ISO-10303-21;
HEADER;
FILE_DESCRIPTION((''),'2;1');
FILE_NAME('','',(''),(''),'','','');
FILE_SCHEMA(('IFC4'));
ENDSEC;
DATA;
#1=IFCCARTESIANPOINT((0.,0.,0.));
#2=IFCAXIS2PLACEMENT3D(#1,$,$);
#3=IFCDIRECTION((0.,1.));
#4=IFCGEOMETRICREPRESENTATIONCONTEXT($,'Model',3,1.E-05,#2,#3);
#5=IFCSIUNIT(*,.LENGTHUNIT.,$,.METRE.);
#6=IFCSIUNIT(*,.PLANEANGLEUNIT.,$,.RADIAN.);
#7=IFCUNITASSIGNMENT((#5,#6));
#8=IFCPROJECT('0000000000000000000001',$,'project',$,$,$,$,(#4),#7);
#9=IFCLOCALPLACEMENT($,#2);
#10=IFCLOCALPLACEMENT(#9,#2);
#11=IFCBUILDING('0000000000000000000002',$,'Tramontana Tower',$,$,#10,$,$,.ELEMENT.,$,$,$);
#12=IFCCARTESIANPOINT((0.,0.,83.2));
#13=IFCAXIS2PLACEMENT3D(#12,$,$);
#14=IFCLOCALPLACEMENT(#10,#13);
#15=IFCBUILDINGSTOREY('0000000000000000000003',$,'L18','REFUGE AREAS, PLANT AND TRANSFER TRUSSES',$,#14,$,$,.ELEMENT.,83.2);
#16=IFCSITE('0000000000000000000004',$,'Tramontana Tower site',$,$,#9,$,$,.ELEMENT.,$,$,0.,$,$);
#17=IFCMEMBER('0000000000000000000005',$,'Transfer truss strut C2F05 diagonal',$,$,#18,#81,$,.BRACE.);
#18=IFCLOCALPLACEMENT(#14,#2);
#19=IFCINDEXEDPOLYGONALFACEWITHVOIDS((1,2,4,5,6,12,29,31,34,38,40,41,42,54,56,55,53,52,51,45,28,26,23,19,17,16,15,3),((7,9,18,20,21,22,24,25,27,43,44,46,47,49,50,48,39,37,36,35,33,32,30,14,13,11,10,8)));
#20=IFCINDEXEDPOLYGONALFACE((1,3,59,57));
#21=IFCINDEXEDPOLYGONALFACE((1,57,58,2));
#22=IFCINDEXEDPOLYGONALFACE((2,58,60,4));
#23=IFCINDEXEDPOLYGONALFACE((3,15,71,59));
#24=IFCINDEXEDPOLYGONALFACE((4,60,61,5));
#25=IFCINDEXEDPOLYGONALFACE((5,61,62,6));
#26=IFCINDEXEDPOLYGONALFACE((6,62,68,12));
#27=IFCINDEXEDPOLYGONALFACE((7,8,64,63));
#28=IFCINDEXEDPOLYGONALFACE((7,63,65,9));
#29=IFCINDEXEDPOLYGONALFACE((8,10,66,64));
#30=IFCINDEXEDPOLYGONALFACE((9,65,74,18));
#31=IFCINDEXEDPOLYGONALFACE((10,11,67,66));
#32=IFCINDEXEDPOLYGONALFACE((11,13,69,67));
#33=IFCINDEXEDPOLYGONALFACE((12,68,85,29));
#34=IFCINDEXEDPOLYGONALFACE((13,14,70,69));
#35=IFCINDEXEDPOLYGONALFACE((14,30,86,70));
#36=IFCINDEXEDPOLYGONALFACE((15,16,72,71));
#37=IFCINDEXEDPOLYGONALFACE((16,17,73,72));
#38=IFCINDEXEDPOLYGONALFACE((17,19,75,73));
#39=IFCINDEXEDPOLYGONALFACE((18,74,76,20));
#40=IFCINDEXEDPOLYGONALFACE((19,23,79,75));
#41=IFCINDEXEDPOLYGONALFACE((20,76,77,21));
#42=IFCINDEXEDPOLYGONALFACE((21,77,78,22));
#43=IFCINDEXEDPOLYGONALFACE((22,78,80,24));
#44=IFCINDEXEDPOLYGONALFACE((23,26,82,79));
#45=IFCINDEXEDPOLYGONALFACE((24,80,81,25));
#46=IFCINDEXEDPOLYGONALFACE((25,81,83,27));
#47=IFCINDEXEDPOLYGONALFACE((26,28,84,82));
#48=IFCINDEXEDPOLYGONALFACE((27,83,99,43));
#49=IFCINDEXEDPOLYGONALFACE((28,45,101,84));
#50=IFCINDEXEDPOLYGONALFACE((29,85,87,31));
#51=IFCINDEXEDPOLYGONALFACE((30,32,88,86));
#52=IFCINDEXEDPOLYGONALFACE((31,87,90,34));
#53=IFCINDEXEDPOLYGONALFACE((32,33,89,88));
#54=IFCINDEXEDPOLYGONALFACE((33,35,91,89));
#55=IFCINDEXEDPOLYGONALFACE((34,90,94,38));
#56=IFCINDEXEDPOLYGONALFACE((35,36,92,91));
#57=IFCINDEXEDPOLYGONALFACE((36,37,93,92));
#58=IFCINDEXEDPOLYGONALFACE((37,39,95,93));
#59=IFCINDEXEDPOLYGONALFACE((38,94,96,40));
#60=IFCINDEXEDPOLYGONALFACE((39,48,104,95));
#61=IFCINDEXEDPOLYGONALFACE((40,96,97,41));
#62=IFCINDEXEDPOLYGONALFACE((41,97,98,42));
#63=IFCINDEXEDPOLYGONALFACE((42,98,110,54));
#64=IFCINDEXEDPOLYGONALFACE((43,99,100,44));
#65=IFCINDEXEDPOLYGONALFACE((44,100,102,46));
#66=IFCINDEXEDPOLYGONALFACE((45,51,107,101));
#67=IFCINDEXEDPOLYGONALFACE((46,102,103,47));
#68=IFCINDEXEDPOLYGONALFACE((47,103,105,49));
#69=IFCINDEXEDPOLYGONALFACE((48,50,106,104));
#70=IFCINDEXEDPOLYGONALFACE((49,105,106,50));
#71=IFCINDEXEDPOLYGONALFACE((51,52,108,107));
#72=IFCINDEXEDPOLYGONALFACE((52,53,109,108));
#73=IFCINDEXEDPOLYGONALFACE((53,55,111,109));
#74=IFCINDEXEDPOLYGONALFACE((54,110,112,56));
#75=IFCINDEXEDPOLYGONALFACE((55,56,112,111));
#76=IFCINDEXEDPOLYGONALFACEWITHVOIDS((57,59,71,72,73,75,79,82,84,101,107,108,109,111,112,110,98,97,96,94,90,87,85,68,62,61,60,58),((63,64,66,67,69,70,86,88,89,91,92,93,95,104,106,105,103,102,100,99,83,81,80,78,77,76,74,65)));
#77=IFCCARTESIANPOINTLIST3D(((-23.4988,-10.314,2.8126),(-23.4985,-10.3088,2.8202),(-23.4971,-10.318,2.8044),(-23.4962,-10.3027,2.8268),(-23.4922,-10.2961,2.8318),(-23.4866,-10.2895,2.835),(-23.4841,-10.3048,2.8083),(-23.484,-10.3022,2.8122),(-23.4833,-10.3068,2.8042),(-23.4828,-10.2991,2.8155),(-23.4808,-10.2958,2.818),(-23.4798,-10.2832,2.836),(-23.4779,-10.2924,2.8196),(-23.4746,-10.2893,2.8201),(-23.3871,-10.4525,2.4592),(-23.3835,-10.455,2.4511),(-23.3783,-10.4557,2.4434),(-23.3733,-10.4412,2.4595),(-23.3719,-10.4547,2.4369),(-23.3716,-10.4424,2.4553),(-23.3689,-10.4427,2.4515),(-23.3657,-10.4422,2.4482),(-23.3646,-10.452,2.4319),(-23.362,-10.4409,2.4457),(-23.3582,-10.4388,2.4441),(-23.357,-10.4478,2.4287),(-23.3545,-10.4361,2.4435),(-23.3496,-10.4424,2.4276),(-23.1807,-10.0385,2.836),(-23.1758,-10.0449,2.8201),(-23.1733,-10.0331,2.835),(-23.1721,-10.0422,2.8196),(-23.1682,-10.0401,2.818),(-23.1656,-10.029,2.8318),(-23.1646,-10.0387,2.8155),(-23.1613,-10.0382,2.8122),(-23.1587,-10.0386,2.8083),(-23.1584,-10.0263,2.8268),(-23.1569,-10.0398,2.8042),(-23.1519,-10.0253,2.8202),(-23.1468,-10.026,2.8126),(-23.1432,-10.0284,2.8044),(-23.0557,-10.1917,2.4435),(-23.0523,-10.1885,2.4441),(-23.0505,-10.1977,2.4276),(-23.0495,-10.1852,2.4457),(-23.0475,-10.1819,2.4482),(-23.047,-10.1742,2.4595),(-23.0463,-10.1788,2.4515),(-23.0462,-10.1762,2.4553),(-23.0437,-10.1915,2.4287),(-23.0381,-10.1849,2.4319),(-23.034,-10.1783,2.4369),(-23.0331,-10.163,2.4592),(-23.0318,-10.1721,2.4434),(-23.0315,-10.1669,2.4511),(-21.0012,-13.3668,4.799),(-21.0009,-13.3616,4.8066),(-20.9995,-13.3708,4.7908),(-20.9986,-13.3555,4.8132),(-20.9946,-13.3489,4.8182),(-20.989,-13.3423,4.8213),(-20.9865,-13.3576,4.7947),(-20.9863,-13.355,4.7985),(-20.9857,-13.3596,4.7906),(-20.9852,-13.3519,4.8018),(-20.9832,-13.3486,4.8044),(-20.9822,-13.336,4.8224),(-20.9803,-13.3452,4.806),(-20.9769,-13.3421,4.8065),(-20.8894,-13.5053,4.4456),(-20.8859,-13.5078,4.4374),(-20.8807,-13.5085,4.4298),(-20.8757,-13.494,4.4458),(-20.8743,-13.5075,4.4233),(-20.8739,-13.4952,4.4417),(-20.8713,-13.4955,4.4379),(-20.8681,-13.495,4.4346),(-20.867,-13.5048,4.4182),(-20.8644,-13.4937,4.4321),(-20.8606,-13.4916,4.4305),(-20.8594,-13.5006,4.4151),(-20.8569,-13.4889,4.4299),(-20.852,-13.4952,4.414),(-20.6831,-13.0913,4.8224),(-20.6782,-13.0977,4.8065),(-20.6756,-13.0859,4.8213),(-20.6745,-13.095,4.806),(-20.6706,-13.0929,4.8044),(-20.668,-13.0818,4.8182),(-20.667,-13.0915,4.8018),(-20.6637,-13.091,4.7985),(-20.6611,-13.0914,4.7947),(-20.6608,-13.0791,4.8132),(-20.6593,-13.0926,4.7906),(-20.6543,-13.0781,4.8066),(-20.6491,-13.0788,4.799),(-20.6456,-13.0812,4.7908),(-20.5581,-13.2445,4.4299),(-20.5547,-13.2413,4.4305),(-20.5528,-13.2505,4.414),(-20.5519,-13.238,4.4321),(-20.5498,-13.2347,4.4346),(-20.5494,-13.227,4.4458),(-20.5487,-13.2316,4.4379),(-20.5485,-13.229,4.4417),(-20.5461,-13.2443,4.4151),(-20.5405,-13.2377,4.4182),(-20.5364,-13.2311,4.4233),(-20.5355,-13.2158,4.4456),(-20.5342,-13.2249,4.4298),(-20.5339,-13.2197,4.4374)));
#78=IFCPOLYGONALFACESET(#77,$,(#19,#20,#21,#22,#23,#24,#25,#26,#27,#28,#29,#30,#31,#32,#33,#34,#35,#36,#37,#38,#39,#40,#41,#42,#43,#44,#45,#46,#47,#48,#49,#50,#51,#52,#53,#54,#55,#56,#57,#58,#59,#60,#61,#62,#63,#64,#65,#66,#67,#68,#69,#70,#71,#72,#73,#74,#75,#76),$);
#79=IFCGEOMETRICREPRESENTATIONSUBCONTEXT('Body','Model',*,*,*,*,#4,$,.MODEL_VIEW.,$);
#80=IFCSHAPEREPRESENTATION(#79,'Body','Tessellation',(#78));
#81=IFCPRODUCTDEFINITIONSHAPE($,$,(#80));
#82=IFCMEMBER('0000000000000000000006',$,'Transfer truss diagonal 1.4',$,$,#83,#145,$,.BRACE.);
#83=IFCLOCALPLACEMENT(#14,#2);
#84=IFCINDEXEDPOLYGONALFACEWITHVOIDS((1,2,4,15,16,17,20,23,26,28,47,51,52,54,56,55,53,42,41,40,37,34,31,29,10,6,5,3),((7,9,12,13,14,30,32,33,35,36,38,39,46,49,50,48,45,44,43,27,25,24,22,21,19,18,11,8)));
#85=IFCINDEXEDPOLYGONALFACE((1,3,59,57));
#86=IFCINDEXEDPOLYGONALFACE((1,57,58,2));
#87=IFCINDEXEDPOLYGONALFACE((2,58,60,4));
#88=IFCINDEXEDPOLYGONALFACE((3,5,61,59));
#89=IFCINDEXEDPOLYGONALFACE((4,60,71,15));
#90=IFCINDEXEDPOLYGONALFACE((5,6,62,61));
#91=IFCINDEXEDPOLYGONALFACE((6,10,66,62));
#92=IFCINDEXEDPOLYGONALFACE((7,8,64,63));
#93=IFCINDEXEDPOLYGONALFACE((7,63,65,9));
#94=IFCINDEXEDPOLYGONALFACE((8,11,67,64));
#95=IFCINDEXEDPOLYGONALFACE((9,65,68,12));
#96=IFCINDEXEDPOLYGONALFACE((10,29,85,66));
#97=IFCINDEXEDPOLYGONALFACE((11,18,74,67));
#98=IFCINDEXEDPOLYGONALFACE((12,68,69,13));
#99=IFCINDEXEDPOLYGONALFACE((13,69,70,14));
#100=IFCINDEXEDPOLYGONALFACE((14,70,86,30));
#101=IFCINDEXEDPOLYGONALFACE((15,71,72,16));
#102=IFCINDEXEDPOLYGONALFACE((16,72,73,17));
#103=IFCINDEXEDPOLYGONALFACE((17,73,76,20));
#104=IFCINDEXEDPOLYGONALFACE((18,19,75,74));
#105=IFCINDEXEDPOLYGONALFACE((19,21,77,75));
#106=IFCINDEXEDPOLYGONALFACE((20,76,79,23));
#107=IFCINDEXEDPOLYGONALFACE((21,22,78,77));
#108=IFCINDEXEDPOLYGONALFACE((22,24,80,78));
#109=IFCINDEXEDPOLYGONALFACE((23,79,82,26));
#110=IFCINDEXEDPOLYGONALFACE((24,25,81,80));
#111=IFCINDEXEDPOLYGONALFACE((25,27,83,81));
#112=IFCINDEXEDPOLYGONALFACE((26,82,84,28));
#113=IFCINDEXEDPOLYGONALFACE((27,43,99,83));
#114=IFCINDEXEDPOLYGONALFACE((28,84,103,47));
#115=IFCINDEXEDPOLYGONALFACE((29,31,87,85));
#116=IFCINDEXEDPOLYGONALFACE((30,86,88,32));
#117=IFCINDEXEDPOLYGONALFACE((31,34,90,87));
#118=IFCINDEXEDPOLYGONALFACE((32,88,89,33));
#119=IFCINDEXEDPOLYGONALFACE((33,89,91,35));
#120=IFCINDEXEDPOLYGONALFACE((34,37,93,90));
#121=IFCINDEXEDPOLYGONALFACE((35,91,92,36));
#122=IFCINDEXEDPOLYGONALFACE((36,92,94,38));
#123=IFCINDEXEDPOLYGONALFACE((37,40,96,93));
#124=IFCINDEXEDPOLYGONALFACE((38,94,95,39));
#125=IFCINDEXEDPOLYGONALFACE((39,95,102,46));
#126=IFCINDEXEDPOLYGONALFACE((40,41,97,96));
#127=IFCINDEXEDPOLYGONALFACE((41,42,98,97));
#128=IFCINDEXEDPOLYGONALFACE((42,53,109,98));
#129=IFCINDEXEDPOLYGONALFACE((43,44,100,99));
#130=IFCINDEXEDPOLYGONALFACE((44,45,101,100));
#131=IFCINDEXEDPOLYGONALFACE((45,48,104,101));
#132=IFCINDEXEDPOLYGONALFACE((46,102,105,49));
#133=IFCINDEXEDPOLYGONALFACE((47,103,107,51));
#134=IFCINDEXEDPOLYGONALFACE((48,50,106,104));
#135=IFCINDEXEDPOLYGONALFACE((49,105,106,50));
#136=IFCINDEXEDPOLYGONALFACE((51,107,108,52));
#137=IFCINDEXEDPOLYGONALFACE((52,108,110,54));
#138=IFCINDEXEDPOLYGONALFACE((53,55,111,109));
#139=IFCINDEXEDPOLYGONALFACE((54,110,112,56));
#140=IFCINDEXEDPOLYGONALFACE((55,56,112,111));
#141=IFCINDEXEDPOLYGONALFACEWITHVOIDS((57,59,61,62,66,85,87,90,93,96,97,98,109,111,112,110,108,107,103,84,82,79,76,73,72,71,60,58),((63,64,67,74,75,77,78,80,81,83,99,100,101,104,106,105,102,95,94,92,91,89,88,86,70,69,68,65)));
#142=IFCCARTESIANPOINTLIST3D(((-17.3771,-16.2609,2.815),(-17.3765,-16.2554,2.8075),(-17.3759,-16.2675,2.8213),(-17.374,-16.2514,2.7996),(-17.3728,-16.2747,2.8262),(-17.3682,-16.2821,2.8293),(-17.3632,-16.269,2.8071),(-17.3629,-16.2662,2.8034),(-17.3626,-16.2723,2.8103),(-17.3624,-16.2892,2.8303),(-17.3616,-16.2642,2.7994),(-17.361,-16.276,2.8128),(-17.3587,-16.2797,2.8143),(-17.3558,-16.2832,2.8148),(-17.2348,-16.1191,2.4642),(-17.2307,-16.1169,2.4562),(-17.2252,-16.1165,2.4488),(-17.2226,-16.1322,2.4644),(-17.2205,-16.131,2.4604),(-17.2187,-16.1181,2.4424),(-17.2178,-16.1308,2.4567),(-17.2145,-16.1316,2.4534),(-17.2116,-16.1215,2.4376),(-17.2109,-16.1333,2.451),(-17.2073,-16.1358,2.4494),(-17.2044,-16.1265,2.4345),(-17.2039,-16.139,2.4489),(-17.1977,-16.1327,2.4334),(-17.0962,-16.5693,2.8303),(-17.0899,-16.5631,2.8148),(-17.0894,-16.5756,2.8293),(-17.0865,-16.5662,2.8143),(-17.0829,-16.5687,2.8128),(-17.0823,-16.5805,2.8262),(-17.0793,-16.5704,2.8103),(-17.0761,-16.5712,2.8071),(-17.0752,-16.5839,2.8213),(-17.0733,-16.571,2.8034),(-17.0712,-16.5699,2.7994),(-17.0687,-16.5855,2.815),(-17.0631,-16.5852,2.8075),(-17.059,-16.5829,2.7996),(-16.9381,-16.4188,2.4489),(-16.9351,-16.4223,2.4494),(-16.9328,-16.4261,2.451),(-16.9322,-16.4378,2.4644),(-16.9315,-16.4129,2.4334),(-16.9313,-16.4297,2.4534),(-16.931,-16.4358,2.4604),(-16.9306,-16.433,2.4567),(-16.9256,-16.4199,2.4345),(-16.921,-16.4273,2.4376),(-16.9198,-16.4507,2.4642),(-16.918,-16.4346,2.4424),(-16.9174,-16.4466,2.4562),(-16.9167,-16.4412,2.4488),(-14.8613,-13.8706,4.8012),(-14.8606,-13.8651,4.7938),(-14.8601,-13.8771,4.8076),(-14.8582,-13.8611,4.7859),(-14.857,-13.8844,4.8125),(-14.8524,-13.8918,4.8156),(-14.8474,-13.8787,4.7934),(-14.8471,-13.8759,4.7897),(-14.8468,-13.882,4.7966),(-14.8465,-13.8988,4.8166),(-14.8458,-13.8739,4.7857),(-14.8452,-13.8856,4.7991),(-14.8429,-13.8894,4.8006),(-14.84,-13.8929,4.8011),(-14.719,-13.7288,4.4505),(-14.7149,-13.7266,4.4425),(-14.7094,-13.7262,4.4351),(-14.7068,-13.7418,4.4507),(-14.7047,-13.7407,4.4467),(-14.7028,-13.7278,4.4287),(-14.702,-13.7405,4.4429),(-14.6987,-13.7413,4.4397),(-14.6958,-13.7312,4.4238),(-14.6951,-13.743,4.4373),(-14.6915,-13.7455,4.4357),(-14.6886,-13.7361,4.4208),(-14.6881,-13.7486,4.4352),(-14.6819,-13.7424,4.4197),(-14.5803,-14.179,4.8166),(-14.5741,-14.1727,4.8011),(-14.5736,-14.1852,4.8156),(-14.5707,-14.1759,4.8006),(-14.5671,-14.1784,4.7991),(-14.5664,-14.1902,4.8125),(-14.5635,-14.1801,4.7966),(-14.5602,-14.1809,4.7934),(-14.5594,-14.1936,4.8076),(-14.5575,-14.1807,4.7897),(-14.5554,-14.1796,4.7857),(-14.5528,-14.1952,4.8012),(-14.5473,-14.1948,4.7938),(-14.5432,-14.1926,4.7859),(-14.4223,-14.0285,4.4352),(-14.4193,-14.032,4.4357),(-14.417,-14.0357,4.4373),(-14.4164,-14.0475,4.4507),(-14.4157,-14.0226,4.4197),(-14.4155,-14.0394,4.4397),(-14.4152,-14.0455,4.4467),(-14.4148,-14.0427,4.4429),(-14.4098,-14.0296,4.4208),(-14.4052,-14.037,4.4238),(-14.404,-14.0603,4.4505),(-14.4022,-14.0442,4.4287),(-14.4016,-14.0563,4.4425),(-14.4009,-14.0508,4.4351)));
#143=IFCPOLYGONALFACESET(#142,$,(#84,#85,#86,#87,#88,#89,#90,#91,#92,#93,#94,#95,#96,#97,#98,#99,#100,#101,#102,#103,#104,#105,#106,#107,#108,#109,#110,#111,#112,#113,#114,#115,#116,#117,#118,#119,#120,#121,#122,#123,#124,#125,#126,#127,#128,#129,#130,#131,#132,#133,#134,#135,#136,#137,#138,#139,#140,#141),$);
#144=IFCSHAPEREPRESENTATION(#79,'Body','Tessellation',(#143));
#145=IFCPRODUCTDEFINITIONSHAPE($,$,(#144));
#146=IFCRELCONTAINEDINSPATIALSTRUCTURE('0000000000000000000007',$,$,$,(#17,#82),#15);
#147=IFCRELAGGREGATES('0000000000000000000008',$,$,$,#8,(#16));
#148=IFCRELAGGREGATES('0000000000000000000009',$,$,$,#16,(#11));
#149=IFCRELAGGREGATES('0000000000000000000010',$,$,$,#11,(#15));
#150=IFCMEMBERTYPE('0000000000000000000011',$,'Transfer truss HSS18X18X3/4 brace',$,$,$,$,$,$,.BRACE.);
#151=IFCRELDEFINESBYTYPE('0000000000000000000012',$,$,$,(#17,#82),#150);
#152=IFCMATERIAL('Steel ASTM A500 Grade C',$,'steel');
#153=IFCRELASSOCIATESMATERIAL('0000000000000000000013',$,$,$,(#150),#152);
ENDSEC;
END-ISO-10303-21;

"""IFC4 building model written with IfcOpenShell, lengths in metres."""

from ifc_helpers import new_model, si_unit, direction, frame, origin, origin_2d, place, context, subcontext, project, spatial, hollow_rectangle, extrude, material, material_profile, profile_set, type_object, element, save


model = new_model("IFC4")

# Units and contexts
model_context = context("Model", 3, precision=1e-05, world=origin(), true_north=direction((0.0, 1.0)))
body_context = subcontext(model_context, "Body", "Model", "MODEL_VIEW")
ifc_project = project(units=[si_unit("LENGTHUNIT", "METRE"), si_unit("PLANEANGLEUNIT", "RADIAN")], contexts=[model_context])

# Site, building, storey
site_placement = place(None, origin())
site = spatial("IfcSite", under=ifc_project, at=site_placement, Name="Tramontana Tower site", CompositionType="ELEMENT", RefElevation=0.0)
building_placement = place(site_placement, origin())
building = spatial("IfcBuilding", under=site, at=building_placement, Name="Tramontana Tower", CompositionType="ELEMENT")
storey_placement = place(building_placement, frame((0.0, 0.0, 83.2)))
storey = spatial("IfcBuildingStorey", under=building, at=storey_placement, Name="L18", Description="REFUGE AREAS, PLANT AND TRANSFER TRUSSES", CompositionType="ELEMENT", Elevation=83.2)

# Members
ifc_material_1 = material(Name="Steel ASTM A500 Grade C", Category="steel")
ifc_material_profile_1 = material_profile(ifc_material_1, hollow_rectangle(XDim=0.4573, YDim=0.4573, WallThickness=0.0178, InnerFilletRadius=0.0178, OuterFilletRadius=0.0354, at=origin_2d()), Name="HSS18X18X3/4")
ifc_profile_set_1 = profile_set([ifc_material_profile_1], Name="Steel ASTM A500 Grade C")
member_type_1 = type_object("IfcMemberType", Name="Transfer truss HSS18X18X3/4 brace", PredefinedType="BRACE", material=ifc_profile_set_1)
member_1_placement = place(storey_placement, frame((-23.2651, -10.2405, 2.6318), z_axis=(0.56555, -0.691264, 0.449786), x_axis=(0.773974, 0.633218, 0.0)))
element("IfcMember", 1, at=member_1_placement, inside=storey, type_object=member_type_1, Name="Transfer truss strut C2F05 diagonal", PredefinedType="BRACE", context=body_context, shape_type="SweptSolid", body=[
    extrude(hollow_rectangle(XDim=0.4573, YDim=0.4573, WallThickness=0.0178, InnerFilletRadius=0.0178, OuterFilletRadius=0.0354, at=origin_2d()), origin(), (0.0, 0.0, 1.0), 4.4163),
])
member_2_placement = place(storey_placement, frame((-14.6311, -13.9607, 4.6182), z_axis=(-0.629183, -0.5978, -0.496753), x_axis=(0.688796, -0.724956, 0.0)))
element("IfcMember", 2, at=member_2_placement, inside=storey, type_object=member_type_1, Name="Transfer truss diagonal 1.4", PredefinedType="BRACE", context=body_context, shape_type="SweptSolid", body=[
    extrude(hollow_rectangle(XDim=0.4573, YDim=0.4573, WallThickness=0.0178, InnerFilletRadius=0.0178, OuterFilletRadius=0.0354, at=origin_2d()), origin(), (0.0, 0.0, 1.0), 3.9985),
])

save(model, "model.ifc")
